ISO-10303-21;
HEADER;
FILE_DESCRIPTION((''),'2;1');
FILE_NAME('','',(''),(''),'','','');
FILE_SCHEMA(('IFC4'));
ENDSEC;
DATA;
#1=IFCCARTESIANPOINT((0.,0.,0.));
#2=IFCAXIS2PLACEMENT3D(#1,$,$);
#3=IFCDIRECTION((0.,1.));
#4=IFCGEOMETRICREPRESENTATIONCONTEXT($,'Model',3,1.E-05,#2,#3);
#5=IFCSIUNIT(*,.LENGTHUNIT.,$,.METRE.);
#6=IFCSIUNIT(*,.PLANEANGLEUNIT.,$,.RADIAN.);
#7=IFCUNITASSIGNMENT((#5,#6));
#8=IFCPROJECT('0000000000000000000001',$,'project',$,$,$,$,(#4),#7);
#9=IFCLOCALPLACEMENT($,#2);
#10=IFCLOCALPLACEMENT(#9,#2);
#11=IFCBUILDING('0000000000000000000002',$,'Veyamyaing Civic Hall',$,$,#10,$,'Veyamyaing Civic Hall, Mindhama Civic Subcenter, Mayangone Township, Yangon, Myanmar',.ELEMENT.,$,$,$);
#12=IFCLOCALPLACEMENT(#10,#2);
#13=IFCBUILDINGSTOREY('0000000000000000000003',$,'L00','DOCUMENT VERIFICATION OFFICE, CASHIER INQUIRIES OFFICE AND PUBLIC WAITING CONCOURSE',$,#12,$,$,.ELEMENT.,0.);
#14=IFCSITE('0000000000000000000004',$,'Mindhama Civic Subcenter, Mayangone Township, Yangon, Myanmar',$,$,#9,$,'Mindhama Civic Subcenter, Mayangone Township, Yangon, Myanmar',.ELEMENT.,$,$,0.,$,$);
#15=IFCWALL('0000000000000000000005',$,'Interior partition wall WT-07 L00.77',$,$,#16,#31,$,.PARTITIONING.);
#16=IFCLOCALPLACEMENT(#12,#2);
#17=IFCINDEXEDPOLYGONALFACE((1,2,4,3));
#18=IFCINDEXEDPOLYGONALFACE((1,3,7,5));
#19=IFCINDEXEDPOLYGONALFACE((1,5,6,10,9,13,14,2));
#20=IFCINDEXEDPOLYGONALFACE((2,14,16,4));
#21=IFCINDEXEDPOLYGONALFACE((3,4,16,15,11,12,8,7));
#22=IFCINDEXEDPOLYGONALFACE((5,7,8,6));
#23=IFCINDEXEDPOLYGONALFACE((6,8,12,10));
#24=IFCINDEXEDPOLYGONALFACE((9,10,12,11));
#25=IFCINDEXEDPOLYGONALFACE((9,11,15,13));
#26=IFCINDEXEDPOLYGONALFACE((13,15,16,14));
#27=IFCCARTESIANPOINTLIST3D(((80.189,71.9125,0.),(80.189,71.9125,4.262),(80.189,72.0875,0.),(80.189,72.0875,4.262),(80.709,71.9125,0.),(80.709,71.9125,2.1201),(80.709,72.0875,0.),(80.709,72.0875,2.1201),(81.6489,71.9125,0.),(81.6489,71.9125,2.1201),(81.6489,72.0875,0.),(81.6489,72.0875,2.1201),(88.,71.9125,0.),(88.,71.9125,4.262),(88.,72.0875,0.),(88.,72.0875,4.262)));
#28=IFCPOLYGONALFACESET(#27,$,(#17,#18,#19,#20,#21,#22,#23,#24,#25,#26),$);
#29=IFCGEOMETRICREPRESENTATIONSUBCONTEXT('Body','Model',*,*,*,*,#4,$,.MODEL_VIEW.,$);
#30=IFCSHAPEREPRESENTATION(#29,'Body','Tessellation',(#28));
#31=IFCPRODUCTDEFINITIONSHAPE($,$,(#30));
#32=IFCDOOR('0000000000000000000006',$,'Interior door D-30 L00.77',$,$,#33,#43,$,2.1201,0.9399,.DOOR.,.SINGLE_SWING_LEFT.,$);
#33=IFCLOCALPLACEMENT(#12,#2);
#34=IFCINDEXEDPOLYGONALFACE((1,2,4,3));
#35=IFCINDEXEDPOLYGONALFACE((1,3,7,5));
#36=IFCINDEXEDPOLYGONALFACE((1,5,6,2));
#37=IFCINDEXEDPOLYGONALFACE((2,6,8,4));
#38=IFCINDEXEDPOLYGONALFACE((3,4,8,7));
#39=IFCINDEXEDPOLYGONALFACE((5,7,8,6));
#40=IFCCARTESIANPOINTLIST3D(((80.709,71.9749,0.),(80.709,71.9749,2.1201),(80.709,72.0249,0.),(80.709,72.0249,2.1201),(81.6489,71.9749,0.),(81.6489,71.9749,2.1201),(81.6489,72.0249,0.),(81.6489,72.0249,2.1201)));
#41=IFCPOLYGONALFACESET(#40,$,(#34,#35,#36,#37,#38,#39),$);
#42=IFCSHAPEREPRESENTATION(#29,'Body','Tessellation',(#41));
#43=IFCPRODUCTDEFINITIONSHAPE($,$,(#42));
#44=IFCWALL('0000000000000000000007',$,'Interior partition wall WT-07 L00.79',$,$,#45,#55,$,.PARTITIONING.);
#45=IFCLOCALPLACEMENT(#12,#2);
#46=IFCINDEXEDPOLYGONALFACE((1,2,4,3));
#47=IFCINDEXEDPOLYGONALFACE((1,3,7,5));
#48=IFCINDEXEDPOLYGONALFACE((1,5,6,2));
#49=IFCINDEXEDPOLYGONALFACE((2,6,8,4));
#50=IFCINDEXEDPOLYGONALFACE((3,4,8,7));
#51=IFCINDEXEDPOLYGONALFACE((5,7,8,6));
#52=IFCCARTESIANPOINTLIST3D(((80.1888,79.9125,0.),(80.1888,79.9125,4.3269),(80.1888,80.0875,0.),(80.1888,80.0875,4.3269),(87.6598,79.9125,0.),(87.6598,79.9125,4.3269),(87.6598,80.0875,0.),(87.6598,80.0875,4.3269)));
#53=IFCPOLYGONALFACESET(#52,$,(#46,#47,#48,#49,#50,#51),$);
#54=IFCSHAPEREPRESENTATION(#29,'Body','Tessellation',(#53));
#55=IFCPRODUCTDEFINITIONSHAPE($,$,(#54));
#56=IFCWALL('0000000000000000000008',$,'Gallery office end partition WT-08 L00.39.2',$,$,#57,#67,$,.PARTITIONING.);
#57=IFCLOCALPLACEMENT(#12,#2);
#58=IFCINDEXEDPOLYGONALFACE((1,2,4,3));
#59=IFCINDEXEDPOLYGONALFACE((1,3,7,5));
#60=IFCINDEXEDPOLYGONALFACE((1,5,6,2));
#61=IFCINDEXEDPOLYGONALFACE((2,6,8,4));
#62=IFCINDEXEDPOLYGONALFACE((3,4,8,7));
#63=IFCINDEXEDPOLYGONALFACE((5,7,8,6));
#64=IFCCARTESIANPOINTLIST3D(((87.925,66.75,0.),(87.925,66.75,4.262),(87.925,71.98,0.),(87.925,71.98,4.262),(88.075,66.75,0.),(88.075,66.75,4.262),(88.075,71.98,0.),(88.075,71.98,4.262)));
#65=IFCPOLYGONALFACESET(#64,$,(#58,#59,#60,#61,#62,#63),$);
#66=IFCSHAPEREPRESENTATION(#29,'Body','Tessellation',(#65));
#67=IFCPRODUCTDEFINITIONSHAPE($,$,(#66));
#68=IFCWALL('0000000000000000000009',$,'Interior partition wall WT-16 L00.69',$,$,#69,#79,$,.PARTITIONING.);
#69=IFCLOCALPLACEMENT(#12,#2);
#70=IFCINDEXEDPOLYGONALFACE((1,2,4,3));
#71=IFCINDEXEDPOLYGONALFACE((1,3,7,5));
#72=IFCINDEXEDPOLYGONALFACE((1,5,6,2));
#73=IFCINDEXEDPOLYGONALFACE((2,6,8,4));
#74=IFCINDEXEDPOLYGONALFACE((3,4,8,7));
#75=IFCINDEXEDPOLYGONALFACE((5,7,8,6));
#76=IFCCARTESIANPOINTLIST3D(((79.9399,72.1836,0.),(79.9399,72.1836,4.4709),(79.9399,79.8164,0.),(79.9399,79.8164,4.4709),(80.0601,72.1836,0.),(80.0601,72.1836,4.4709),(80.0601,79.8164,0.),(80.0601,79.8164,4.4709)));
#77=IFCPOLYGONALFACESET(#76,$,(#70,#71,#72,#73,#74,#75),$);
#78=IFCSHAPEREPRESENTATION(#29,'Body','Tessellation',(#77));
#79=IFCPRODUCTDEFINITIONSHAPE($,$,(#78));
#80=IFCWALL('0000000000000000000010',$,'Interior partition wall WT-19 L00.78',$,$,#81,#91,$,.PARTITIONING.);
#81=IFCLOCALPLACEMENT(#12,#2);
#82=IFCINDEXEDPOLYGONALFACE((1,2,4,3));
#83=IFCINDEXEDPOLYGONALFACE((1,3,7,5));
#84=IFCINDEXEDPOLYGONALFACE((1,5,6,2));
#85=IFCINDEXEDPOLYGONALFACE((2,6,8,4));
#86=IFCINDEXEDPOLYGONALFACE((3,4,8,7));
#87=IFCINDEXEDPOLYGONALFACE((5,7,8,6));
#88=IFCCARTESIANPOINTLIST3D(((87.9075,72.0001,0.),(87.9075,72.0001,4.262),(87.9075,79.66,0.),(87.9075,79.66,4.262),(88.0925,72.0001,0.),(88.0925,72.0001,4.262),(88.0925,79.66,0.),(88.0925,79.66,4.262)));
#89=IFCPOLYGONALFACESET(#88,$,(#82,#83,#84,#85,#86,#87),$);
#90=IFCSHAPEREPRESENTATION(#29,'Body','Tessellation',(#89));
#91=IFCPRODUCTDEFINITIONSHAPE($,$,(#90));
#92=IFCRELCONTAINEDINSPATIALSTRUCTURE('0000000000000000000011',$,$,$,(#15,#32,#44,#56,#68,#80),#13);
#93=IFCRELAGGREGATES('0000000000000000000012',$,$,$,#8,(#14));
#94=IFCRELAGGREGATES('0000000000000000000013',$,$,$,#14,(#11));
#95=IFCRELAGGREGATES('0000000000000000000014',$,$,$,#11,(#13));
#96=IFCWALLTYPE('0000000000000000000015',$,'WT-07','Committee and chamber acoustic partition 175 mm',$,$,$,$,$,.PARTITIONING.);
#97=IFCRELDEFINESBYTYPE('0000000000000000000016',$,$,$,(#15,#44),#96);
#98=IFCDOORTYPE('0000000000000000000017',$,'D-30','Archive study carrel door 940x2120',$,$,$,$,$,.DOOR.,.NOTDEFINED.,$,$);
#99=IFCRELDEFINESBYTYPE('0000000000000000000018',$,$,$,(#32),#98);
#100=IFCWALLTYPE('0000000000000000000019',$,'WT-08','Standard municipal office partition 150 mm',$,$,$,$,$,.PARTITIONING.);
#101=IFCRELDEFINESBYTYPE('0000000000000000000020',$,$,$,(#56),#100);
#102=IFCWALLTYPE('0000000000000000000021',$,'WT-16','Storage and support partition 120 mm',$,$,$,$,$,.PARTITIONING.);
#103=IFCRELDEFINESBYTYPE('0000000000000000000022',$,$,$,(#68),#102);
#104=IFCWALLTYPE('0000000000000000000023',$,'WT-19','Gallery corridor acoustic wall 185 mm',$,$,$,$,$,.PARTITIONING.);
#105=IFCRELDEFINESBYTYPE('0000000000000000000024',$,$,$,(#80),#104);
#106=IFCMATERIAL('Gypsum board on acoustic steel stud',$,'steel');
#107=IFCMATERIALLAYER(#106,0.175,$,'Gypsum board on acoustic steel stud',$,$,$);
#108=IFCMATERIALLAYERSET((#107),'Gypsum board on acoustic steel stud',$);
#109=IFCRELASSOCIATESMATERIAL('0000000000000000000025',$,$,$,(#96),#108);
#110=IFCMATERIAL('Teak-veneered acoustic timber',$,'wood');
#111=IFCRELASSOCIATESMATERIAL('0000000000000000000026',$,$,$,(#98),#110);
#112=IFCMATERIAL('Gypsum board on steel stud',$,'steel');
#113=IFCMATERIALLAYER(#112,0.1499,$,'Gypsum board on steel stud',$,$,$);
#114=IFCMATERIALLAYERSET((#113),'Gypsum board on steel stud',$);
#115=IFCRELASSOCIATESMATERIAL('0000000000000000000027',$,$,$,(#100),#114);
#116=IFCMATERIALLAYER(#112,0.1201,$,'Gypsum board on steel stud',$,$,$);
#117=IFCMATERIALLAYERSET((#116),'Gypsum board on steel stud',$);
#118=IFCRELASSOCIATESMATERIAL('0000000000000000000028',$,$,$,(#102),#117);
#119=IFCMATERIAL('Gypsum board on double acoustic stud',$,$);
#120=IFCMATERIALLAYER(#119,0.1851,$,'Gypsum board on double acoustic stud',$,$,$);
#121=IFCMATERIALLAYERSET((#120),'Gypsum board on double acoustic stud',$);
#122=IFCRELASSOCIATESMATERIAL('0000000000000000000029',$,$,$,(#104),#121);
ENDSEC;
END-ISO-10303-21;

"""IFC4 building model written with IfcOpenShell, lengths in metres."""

from ifc_helpers import new_model, si_unit, direction, frame, frame_2d, origin, place, context, subcontext, project, spatial, rectangle, extrude, material, layer, layer_set, type_object, element, fill, save


model = new_model("IFC4")

# Units and contexts
model_context = context("Model", 3, precision=1e-05, world=origin(), true_north=direction((0.0, 1.0)))
body_context = subcontext(model_context, "Body", "Model", "MODEL_VIEW")
ifc_project = project(units=[si_unit("LENGTHUNIT", "METRE"), si_unit("PLANEANGLEUNIT", "RADIAN")], contexts=[model_context])

# Site, building, storey
site_placement = place(None, origin())
site = spatial("IfcSite", under=ifc_project, at=site_placement, Name="Mindhama Civic Subcenter, Mayangone Township, Yangon, Myanmar", LongName="Mindhama Civic Subcenter, Mayangone Township, Yangon, Myanmar", CompositionType="ELEMENT", RefElevation=0.0)
building_placement = place(site_placement, origin())
building = spatial("IfcBuilding", under=site, at=building_placement, Name="Veyamyaing Civic Hall", LongName="Veyamyaing Civic Hall, Mindhama Civic Subcenter, Mayangone Township, Yangon, Myanmar", CompositionType="ELEMENT")
storey_placement = place(building_placement, origin())
storey = spatial("IfcBuildingStorey", under=building, at=storey_placement, Name="L00", Description="DOCUMENT VERIFICATION OFFICE, CASHIER INQUIRIES OFFICE AND PUBLIC WAITING CONCOURSE", CompositionType="ELEMENT", Elevation=0.0)

# Shared definitions
ifc_material_1 = material(Name="Gypsum board on acoustic steel stud", Category="steel")
ifc_layer_1 = layer(ifc_material_1, 0.175, Name="Gypsum board on acoustic steel stud")
ifc_layer_set_1 = layer_set([ifc_layer_1], Name="Gypsum board on acoustic steel stud")
wall_type_1 = type_object("IfcWallType", Name="WT-07", Description="Committee and chamber acoustic partition 175 mm", PredefinedType="PARTITIONING", material=ifc_layer_set_1)
ifc_material_2 = material(Name="Teak-veneered acoustic timber", Category="wood")

# Wall, opening, door
wall_1_placement = place(storey_placement, frame((80.189, 72.0, 0.0), z_axis=(0.0, 0.0, 1.0), x_axis=(1.0, 0.0, 0.0)))
wall_1 = element("IfcWall", 1, at=wall_1_placement, inside=storey, type_object=wall_type_1, Name="Interior partition wall WT-07 L00.77", PredefinedType="PARTITIONING", context=body_context, shape_type="SweptSolid", body=[
    extrude(rectangle(XDim=7.811, YDim=0.175, at=frame_2d((3.9055, 0.0))), origin(), (0.0, 0.0, 1.0), 4.262),
])
opening_1_placement = place(wall_1_placement, frame((0.52, 0.0, 0.0)))
opening_1 = element("IfcOpeningElement", 2, at=opening_1_placement, cuts=wall_1, PredefinedType="OPENING", context=body_context, shape_type="SweptSolid", body=[
    extrude(rectangle(XDim=0.9399, YDim=2.1201, at=frame_2d((0.47, 1.0601))), frame((0.0, 0.0974, 0.0), z_axis=(0.0, -1.0, 0.0), x_axis=(1.0, 0.0, 0.0)), (0.0, 0.0, 1.0), 0.1951),
])
door_type_1 = type_object("IfcDoorType", Name="D-30", Description="Archive study carrel door 940x2120", OperationType="NOTDEFINED", PredefinedType="DOOR", material=ifc_material_2)
door_1_placement = place(opening_1_placement, origin())
door_1 = element("IfcDoor", 3, at=door_1_placement, inside=storey, type_object=door_type_1, Name="Interior door D-30 L00.77", OperationType="SINGLE_SWING_LEFT", OverallHeight=2.1201, OverallWidth=0.9399, PredefinedType="DOOR", context=body_context, shape_type="SweptSolid", body=[
    extrude(rectangle(XDim=0.9399, YDim=2.1201, at=frame_2d((0.47, 1.0601))), frame((0.0, 0.0249, 0.0), z_axis=(0.0, -1.0, 0.0), x_axis=(1.0, 0.0, 0.0)), (0.0, 0.0, 1.0), 0.05),
])
fill(opening_1, door_1)

# Walls
wall_2_placement = place(storey_placement, frame((80.189, 80.0, 0.0), z_axis=(0.0, 0.0, 1.0), x_axis=(1.0, 0.0, 0.0)))
element("IfcWall", 4, at=wall_2_placement, inside=storey, type_object=wall_type_1, Name="Interior partition wall WT-07 L00.79", PredefinedType="PARTITIONING", context=body_context, shape_type="SweptSolid", body=[
    extrude(rectangle(XDim=7.4709, YDim=0.175, at=frame_2d((3.7354, 0.0))), origin(), (0.0, 0.0, 1.0), 4.3269),
])
ifc_material_3 = material(Name="Gypsum board on steel stud", Category="steel")
ifc_layer_2 = layer(ifc_material_3, 0.1499, Name="Gypsum board on steel stud")
ifc_layer_set_2 = layer_set([ifc_layer_2], Name="Gypsum board on steel stud")
wall_type_2 = type_object("IfcWallType", Name="WT-08", Description="Standard municipal office partition 150 mm", PredefinedType="PARTITIONING", material=ifc_layer_set_2)
wall_3_placement = place(storey_placement, frame((88.0, 66.75, 0.0), z_axis=(0.0, 0.0, 1.0), x_axis=(0.0, 1.0, 0.0)))
element("IfcWall", 5, at=wall_3_placement, inside=storey, type_object=wall_type_2, Name="Gallery office end partition WT-08 L00.39.2", PredefinedType="PARTITIONING", context=body_context, shape_type="SweptSolid", body=[
    extrude(rectangle(XDim=5.23, YDim=0.1499, at=frame_2d((2.615, 0.0))), origin(), (0.0, 0.0, 1.0), 4.262),
])
ifc_layer_3 = layer(ifc_material_3, 0.1201, Name="Gypsum board on steel stud")
ifc_layer_set_3 = layer_set([ifc_layer_3], Name="Gypsum board on steel stud")
wall_type_3 = type_object("IfcWallType", Name="WT-16", Description="Storage and support partition 120 mm", PredefinedType="PARTITIONING", material=ifc_layer_set_3)
wall_4_placement = place(storey_placement, frame((80.0, 72.1836, 0.0), z_axis=(0.0, 0.0, 1.0), x_axis=(0.0, 1.0, 0.0)))
element("IfcWall", 6, at=wall_4_placement, inside=storey, type_object=wall_type_3, Name="Interior partition wall WT-16 L00.69", PredefinedType="PARTITIONING", context=body_context, shape_type="SweptSolid", body=[
    extrude(rectangle(XDim=7.6328, YDim=0.1201, at=frame_2d((3.8164, 0.0))), origin(), (0.0, 0.0, 1.0), 4.4709),
])
ifc_material_4 = material(Name="Gypsum board on double acoustic stud")
ifc_layer_4 = layer(ifc_material_4, 0.1851, Name="Gypsum board on double acoustic stud")
ifc_layer_set_4 = layer_set([ifc_layer_4], Name="Gypsum board on double acoustic stud")
wall_type_4 = type_object("IfcWallType", Name="WT-19", Description="Gallery corridor acoustic wall 185 mm", PredefinedType="PARTITIONING", material=ifc_layer_set_4)
wall_5_placement = place(storey_placement, frame((88.0, 72.0, 0.0), z_axis=(0.0, 0.0, 1.0), x_axis=(0.0, 1.0, 0.0)))
element("IfcWall", 7, at=wall_5_placement, inside=storey, type_object=wall_type_4, Name="Interior partition wall WT-19 L00.78", PredefinedType="PARTITIONING", context=body_context, shape_type="SweptSolid", body=[
    extrude(rectangle(XDim=7.6599, YDim=0.1851, at=frame_2d((3.8301, 0.0))), origin(), (0.0, 0.0, 1.0), 4.262),
])

save(model, "model.ifc")
